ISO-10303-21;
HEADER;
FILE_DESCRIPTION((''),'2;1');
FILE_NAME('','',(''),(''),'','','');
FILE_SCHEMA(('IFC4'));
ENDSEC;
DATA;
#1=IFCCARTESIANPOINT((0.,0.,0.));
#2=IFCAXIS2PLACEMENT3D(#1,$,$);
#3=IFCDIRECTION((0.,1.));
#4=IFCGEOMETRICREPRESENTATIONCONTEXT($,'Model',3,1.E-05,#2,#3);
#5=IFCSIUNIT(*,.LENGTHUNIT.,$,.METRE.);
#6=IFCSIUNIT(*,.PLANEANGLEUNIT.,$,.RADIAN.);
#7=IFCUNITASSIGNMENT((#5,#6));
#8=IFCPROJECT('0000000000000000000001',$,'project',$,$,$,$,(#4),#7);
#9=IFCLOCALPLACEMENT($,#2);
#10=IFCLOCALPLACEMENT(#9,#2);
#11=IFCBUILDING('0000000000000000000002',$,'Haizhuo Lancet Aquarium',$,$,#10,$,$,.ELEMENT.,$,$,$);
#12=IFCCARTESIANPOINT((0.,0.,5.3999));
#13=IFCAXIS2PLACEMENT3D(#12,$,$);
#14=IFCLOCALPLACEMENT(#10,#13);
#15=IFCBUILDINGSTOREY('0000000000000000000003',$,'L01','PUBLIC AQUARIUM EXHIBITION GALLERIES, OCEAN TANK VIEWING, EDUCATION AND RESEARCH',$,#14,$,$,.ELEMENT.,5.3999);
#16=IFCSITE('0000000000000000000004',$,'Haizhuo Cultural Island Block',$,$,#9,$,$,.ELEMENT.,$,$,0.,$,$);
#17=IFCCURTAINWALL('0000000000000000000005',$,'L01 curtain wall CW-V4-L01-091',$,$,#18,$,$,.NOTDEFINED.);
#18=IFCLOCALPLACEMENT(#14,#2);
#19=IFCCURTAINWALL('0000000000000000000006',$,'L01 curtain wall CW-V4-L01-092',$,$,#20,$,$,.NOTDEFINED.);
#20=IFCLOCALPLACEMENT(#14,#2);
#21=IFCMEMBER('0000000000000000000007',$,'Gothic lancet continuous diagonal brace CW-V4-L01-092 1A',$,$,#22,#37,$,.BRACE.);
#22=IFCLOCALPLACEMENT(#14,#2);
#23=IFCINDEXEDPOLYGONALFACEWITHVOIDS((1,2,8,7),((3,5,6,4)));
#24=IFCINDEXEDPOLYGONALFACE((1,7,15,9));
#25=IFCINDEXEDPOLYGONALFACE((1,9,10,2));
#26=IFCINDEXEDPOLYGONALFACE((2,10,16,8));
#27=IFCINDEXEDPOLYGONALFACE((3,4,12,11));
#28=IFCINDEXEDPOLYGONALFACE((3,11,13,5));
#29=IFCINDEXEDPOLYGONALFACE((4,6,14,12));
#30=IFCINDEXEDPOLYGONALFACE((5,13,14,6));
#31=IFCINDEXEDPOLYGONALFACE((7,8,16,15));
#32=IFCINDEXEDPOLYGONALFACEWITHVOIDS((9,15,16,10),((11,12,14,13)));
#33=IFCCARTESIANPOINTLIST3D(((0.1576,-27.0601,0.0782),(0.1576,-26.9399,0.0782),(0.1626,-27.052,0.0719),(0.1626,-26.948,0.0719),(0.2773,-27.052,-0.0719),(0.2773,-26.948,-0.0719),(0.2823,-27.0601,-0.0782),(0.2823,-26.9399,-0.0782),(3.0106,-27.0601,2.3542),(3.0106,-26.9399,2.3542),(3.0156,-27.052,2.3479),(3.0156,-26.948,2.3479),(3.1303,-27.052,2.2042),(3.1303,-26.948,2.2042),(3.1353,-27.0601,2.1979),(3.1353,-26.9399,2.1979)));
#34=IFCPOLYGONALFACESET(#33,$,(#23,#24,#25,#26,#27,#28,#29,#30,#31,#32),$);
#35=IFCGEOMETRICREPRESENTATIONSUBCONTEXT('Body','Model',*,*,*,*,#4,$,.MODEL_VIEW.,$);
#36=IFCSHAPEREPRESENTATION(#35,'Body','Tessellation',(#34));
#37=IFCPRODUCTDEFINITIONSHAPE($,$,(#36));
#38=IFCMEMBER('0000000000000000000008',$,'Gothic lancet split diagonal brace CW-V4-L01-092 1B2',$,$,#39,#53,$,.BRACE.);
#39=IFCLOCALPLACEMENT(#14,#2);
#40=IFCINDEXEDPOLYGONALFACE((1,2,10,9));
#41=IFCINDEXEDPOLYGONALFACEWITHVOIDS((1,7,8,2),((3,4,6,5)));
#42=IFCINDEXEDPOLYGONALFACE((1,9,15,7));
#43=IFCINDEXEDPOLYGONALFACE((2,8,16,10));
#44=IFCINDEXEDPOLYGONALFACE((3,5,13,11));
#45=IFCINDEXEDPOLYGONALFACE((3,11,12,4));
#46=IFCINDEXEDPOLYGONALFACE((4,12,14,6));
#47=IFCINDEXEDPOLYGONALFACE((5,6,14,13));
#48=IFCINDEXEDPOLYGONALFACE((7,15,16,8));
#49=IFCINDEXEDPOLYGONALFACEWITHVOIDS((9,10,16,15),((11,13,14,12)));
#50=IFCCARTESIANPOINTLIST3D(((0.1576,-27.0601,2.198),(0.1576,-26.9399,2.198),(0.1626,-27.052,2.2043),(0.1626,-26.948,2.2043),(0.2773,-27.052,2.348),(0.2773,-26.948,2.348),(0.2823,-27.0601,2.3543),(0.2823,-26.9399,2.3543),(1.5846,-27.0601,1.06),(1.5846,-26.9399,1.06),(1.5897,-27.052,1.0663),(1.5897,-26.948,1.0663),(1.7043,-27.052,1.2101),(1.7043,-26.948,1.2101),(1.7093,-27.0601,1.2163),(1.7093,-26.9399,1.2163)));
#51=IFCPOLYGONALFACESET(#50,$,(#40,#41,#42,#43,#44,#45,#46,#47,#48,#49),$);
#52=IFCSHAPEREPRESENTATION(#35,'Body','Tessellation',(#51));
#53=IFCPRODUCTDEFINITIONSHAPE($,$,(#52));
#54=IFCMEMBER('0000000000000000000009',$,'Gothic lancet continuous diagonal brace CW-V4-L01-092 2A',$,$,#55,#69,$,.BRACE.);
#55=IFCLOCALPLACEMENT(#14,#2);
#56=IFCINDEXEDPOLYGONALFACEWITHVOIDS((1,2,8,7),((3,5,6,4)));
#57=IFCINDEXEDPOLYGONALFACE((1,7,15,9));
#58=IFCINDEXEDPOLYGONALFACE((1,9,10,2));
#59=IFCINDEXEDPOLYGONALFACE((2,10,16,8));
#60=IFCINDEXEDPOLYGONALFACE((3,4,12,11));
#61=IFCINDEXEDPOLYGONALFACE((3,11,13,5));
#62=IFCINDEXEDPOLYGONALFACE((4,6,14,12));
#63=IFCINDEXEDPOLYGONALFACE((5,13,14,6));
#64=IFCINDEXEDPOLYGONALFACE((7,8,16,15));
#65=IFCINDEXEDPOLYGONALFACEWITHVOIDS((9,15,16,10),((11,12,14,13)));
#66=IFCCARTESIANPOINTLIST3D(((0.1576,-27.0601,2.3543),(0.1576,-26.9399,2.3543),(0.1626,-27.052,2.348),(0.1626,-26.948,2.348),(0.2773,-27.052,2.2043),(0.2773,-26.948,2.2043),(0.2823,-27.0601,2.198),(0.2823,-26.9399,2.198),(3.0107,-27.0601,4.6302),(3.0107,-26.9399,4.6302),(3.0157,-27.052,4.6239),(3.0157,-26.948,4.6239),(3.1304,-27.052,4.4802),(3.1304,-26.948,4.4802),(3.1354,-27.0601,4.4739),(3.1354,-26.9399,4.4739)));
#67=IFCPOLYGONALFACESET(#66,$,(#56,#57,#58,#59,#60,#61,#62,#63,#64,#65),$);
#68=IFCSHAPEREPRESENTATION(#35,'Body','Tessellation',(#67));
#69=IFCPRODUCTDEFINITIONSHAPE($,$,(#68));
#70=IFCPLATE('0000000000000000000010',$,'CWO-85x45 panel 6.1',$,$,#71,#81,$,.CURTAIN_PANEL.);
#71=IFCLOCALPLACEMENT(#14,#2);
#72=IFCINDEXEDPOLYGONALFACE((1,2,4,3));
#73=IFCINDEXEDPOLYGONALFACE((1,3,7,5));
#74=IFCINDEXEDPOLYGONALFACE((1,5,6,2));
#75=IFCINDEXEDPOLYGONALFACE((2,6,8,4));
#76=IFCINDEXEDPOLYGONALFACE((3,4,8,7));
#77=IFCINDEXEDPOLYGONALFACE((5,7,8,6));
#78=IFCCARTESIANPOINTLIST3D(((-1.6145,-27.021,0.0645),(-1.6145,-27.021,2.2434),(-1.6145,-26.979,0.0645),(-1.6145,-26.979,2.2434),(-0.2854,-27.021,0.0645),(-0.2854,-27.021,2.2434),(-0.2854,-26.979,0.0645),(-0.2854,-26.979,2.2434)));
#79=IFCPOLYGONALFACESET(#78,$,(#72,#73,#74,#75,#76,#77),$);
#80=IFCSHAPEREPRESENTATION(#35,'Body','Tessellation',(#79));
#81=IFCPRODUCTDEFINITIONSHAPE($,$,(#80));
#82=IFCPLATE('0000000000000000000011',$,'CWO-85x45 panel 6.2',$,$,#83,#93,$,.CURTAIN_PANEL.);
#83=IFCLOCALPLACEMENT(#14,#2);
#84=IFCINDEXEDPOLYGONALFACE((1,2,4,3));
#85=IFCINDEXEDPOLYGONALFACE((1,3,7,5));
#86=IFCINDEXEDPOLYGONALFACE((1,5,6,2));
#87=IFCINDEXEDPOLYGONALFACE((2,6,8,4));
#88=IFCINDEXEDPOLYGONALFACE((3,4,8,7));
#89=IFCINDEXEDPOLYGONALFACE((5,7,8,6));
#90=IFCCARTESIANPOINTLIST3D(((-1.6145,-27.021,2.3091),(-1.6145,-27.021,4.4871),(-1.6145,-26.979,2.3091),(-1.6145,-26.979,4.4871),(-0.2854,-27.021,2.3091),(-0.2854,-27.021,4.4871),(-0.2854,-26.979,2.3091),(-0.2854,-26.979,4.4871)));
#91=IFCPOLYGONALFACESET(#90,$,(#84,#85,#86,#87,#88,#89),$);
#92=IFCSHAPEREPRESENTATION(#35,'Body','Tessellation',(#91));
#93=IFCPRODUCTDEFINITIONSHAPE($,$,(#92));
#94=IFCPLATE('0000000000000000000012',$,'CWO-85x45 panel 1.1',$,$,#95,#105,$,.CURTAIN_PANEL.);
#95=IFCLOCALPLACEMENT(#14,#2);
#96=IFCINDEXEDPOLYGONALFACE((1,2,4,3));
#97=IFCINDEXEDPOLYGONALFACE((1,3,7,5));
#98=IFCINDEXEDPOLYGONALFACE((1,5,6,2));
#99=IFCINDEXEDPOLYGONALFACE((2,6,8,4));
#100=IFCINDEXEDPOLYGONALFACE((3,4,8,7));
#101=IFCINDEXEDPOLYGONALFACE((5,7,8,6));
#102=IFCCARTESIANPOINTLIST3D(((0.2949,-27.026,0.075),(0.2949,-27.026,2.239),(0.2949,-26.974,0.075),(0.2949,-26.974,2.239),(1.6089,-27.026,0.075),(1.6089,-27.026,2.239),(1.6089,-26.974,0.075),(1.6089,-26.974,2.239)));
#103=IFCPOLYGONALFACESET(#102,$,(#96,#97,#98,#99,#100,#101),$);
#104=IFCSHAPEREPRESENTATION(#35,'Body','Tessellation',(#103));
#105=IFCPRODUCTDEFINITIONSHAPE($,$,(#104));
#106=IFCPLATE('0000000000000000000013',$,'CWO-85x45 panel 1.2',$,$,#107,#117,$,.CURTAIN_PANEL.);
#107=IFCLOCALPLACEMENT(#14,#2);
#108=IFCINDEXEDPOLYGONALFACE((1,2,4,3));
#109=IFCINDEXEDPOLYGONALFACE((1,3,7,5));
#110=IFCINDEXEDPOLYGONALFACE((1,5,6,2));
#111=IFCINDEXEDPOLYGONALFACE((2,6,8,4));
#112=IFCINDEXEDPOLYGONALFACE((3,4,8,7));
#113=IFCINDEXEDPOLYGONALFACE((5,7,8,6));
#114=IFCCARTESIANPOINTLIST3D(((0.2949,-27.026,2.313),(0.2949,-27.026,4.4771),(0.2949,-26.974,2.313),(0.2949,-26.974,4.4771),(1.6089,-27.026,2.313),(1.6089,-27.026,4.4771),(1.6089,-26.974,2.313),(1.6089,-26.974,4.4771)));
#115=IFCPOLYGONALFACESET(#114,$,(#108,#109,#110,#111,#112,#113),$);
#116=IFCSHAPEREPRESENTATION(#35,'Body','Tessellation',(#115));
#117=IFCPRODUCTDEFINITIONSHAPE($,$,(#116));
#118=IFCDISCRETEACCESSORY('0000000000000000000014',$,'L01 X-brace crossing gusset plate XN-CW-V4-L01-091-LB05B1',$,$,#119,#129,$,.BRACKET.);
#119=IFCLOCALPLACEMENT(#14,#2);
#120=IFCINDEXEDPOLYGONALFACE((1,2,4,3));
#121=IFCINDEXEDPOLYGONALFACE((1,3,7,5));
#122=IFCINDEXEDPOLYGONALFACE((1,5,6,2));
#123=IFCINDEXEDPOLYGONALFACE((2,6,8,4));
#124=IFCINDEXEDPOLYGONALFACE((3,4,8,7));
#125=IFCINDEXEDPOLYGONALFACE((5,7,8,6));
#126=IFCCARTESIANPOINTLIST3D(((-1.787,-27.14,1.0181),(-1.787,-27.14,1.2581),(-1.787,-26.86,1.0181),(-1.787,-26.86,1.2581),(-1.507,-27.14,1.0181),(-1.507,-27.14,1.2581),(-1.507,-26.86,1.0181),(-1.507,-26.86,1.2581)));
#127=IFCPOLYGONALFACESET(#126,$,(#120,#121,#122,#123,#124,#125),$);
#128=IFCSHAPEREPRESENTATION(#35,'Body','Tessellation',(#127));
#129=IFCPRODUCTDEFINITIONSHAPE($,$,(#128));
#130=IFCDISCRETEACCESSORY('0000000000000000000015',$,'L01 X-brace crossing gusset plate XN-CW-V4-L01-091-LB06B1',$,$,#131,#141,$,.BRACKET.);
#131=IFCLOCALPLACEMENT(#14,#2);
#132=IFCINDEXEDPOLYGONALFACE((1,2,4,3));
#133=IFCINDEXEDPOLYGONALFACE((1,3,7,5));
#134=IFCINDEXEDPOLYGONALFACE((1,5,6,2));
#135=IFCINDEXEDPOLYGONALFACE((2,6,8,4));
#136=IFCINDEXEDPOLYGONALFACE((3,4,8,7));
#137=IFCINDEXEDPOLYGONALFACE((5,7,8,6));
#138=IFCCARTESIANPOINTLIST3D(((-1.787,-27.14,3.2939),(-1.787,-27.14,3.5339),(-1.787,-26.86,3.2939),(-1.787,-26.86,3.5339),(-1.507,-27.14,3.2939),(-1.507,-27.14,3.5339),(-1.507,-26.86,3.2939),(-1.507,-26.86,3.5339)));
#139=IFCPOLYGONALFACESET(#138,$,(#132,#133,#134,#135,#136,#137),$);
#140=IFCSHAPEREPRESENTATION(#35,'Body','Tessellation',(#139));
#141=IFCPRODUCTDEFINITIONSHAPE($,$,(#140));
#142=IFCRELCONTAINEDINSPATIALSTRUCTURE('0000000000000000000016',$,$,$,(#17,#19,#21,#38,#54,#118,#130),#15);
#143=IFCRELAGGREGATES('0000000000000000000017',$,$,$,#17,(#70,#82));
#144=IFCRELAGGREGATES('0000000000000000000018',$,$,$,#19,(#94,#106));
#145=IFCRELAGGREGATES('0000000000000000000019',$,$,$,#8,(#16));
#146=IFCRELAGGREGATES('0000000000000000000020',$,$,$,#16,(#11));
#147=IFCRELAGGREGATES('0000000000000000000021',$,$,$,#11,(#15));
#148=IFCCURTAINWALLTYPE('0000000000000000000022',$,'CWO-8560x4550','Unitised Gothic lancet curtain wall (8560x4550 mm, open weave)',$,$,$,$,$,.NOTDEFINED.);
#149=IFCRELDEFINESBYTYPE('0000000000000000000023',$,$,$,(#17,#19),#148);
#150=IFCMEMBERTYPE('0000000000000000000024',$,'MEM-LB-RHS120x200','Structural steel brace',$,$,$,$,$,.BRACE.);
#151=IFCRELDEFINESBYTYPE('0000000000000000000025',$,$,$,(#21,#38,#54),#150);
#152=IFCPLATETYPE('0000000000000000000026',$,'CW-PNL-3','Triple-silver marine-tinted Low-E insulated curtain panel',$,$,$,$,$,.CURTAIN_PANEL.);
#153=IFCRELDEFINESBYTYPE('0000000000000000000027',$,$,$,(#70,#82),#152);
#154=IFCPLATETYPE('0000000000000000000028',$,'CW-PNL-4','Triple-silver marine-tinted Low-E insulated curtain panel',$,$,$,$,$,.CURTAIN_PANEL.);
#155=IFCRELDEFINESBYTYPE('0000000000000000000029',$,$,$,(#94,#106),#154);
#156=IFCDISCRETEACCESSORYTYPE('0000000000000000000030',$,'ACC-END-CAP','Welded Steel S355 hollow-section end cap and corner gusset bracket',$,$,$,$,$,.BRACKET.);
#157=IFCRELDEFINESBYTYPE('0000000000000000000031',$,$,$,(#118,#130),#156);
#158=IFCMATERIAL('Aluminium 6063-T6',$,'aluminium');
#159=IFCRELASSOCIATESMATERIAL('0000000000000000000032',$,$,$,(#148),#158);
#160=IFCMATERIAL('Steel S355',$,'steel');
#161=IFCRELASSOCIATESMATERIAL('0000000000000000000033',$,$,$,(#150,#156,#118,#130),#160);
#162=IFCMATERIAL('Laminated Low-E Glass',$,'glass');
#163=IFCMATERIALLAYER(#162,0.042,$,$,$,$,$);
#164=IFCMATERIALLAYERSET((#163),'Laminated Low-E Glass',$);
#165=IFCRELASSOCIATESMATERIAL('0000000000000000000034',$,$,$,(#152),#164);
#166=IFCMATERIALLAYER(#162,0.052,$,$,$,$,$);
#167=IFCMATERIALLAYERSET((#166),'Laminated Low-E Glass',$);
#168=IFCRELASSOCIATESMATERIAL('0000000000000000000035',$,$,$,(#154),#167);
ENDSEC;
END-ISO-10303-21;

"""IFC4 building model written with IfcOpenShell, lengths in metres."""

from ifc_helpers import new_model, si_unit, direction, frame, origin, origin_2d, place, context, subcontext, project, spatial, rectangle, hollow_rectangle, extrude, material, layer, layer_set, material_profile, profile_set, type_object, element, aggregate, save


model = new_model("IFC4")

# Units and contexts
model_context = context("Model", 3, precision=1e-05, world=origin(), true_north=direction((0.0, 1.0)))
body_context = subcontext(model_context, "Body", "Model", "MODEL_VIEW")
ifc_project = project(units=[si_unit("LENGTHUNIT", "METRE"), si_unit("PLANEANGLEUNIT", "RADIAN")], contexts=[model_context])

# Site, building, storey
site_placement = place(None, origin())
site = spatial("IfcSite", under=ifc_project, at=site_placement, Name="Haizhuo Cultural Island Block", CompositionType="ELEMENT", RefElevation=0.0)
building_placement = place(site_placement, origin())
building = spatial("IfcBuilding", under=site, at=building_placement, Name="Haizhuo Lancet Aquarium", CompositionType="ELEMENT")
storey_placement = place(building_placement, frame((0.0, 0.0, 5.3999)))
storey = spatial("IfcBuildingStorey", under=building, at=storey_placement, Name="L01", Description="PUBLIC AQUARIUM EXHIBITION GALLERIES, OCEAN TANK VIEWING, EDUCATION AND RESEARCH", CompositionType="ELEMENT", Elevation=5.3999)

# Shared definitions
ifc_material_1 = material(Name="Steel S355", Category="steel")

# Curtain wall
ifc_material_2 = material(Name="Aluminium 6063-T6", Category="aluminium")
curtain_wall_type = type_object("IfcCurtainWallType", Name="CWO-8560x4550", Description="Unitised Gothic lancet curtain wall (8560x4550 mm, open weave)", PredefinedType="NOTDEFINED", material=ifc_material_2)
curtain_wall_1_placement = place(storey_placement, origin())
curtain_wall_1 = element("IfcCurtainWall", 1, at=curtain_wall_1_placement, inside=storey, type_object=curtain_wall_type, Name="L01 curtain wall CW-V4-L01-091", PredefinedType="NOTDEFINED")

# Curtain wall
curtain_wall_2_placement = place(storey_placement, origin())
curtain_wall_2 = element("IfcCurtainWall", 2, at=curtain_wall_2_placement, inside=storey, type_object=curtain_wall_type, Name="L01 curtain wall CW-V4-L01-092", PredefinedType="NOTDEFINED")

# Members
ifc_material_profile_1 = material_profile(ifc_material_1, hollow_rectangle(XDim=0.1201, YDim=0.2, WallThickness=0.0081, at=origin_2d()), Name="RHS 120x200x8")
ifc_profile_set_1 = profile_set([ifc_material_profile_1], Name="Steel S355")
member_type_1 = type_object("IfcMemberType", Name="MEM-LB-RHS120x200", Description="Structural steel brace", PredefinedType="BRACE", material=ifc_profile_set_1)
member_1_placement = place(storey_placement, frame((0.22, -27.0, 0.0), z_axis=(0.78171, 0.0, 0.623642), x_axis=(0.0, 1.0, 0.0)))
element("IfcMember", 3, at=member_1_placement, inside=storey, type_object=member_type_1, Name="Gothic lancet continuous diagonal brace CW-V4-L01-092 1A", PredefinedType="BRACE", context=body_context, shape_type="SweptSolid", body=[
    extrude(hollow_rectangle(XDim=0.1201, YDim=0.2, WallThickness=0.0081, at=origin_2d()), origin(), (0.0, 0.0, 1.0), 3.6497),
])
member_2_placement = place(storey_placement, frame((1.647, -27.0, 1.1382), z_axis=(-0.781847, 0.0, 0.623471), x_axis=(0.0, -1.0, 0.0)))
element("IfcMember", 4, at=member_2_placement, inside=storey, type_object=member_type_1, Name="Gothic lancet split diagonal brace CW-V4-L01-092 1B2", PredefinedType="BRACE", context=body_context, shape_type="SweptSolid", body=[
    extrude(hollow_rectangle(XDim=0.1201, YDim=0.2, WallThickness=0.0081, at=origin_2d()), origin(), (0.0, 0.0, 1.0), 1.8252),
])
member_3_placement = place(storey_placement, frame((0.22, -27.0, 2.2761), z_axis=(0.781743, 0.0, 0.623601), x_axis=(0.0, 1.0, 0.0)))
element("IfcMember", 5, at=member_3_placement, inside=storey, type_object=member_type_1, Name="Gothic lancet continuous diagonal brace CW-V4-L01-092 2A", PredefinedType="BRACE", context=body_context, shape_type="SweptSolid", body=[
    extrude(hollow_rectangle(XDim=0.1201, YDim=0.2, WallThickness=0.0081, at=origin_2d()), origin(), (0.0, 0.0, 1.0), 3.6497),
])

# Plates
ifc_material_3 = material(Name="Laminated Low-E Glass", Category="glass")
ifc_layer_1 = layer(ifc_material_3, 0.042)
ifc_layer_set_1 = layer_set([ifc_layer_1], Name="Laminated Low-E Glass")
plate_type_1 = type_object("IfcPlateType", Name="CW-PNL-3", Description="Triple-silver marine-tinted Low-E insulated curtain panel", PredefinedType="CURTAIN_PANEL", material=ifc_layer_set_1)
plate_1_placement = place(storey_placement, frame((-0.95, -27.0, 0.0645), z_axis=(0.0, 0.0, 1.0), x_axis=(1.0, 0.0, 0.0)))
plate_1 = element("IfcPlate", 6, at=plate_1_placement, type_object=plate_type_1, Name="CWO-85x45 panel 6.1", PredefinedType="CURTAIN_PANEL", context=body_context, shape_type="SweptSolid", body=[
    extrude(rectangle(XDim=1.3291, YDim=0.042, at=origin_2d()), origin(), (0.0, 0.0, 1.0), 2.179),
])
plate_2_placement = place(storey_placement, frame((-0.95, -27.0, 2.3091), z_axis=(0.0, 0.0, 1.0), x_axis=(1.0, 0.0, 0.0)))
plate_2 = element("IfcPlate", 7, at=plate_2_placement, type_object=plate_type_1, Name="CWO-85x45 panel 6.2", PredefinedType="CURTAIN_PANEL", context=body_context, shape_type="SweptSolid", body=[
    extrude(rectangle(XDim=1.3291, YDim=0.042, at=origin_2d()), origin(), (0.0, 0.0, 1.0), 2.178),
])
aggregate(curtain_wall_1, [plate_1, plate_2])
ifc_layer_2 = layer(ifc_material_3, 0.052)
ifc_layer_set_2 = layer_set([ifc_layer_2], Name="Laminated Low-E Glass")
plate_type_2 = type_object("IfcPlateType", Name="CW-PNL-4", Description="Triple-silver marine-tinted Low-E insulated curtain panel", PredefinedType="CURTAIN_PANEL", material=ifc_layer_set_2)
plate_3_placement = place(storey_placement, frame((0.9519, -27.0, 0.075), z_axis=(0.0, 0.0, 1.0), x_axis=(1.0, 0.0, 0.0)))
plate_3 = element("IfcPlate", 8, at=plate_3_placement, type_object=plate_type_2, Name="CWO-85x45 panel 1.1", PredefinedType="CURTAIN_PANEL", context=body_context, shape_type="SweptSolid", body=[
    extrude(rectangle(XDim=1.314, YDim=0.052, at=origin_2d()), origin(), (0.0, 0.0, 1.0), 2.1641),
])
plate_4_placement = place(storey_placement, frame((0.9519, -27.0, 2.313), z_axis=(0.0, 0.0, 1.0), x_axis=(1.0, 0.0, 0.0)))
plate_4 = element("IfcPlate", 9, at=plate_4_placement, type_object=plate_type_2, Name="CWO-85x45 panel 1.2", PredefinedType="CURTAIN_PANEL", context=body_context, shape_type="SweptSolid", body=[
    extrude(rectangle(XDim=1.314, YDim=0.052, at=origin_2d()), origin(), (0.0, 0.0, 1.0), 2.1641),
])
aggregate(curtain_wall_2, [plate_3, plate_4])

# Discrete accessories
discrete_accessory_type = type_object("IfcDiscreteAccessoryType", Name="ACC-END-CAP", Description="Welded Steel S355 hollow-section end cap and corner gusset bracket", PredefinedType="BRACKET", material=ifc_material_1)
for number, where, z_axis, x_axis, name in (
    (10, (-1.647, -27.0, 1.0181), (0.0, 0.0, 1.0), (1.0, 0.0, 0.0), "L01 X-brace crossing gusset plate XN-CW-V4-L01-091-LB05B1"),
    (11, (-1.647, -27.0, 3.2939), (0.0, 0.0, 1.0), (1.0, 0.0, 0.0), "L01 X-brace crossing gusset plate XN-CW-V4-L01-091-LB06B1"),
):
    element("IfcDiscreteAccessory", number, at=place(storey_placement, frame(where, z_axis=z_axis, x_axis=x_axis)), inside=storey, type_object=discrete_accessory_type, material=ifc_material_1, Name=name, PredefinedType="BRACKET", context=body_context, shape_type="SweptSolid", body=[
        extrude(rectangle(XDim=0.28, YDim=0.28, at=origin_2d()), origin(), (0.0, 0.0, 1.0), 0.24),
    ])

save(model, "model.ifc")
